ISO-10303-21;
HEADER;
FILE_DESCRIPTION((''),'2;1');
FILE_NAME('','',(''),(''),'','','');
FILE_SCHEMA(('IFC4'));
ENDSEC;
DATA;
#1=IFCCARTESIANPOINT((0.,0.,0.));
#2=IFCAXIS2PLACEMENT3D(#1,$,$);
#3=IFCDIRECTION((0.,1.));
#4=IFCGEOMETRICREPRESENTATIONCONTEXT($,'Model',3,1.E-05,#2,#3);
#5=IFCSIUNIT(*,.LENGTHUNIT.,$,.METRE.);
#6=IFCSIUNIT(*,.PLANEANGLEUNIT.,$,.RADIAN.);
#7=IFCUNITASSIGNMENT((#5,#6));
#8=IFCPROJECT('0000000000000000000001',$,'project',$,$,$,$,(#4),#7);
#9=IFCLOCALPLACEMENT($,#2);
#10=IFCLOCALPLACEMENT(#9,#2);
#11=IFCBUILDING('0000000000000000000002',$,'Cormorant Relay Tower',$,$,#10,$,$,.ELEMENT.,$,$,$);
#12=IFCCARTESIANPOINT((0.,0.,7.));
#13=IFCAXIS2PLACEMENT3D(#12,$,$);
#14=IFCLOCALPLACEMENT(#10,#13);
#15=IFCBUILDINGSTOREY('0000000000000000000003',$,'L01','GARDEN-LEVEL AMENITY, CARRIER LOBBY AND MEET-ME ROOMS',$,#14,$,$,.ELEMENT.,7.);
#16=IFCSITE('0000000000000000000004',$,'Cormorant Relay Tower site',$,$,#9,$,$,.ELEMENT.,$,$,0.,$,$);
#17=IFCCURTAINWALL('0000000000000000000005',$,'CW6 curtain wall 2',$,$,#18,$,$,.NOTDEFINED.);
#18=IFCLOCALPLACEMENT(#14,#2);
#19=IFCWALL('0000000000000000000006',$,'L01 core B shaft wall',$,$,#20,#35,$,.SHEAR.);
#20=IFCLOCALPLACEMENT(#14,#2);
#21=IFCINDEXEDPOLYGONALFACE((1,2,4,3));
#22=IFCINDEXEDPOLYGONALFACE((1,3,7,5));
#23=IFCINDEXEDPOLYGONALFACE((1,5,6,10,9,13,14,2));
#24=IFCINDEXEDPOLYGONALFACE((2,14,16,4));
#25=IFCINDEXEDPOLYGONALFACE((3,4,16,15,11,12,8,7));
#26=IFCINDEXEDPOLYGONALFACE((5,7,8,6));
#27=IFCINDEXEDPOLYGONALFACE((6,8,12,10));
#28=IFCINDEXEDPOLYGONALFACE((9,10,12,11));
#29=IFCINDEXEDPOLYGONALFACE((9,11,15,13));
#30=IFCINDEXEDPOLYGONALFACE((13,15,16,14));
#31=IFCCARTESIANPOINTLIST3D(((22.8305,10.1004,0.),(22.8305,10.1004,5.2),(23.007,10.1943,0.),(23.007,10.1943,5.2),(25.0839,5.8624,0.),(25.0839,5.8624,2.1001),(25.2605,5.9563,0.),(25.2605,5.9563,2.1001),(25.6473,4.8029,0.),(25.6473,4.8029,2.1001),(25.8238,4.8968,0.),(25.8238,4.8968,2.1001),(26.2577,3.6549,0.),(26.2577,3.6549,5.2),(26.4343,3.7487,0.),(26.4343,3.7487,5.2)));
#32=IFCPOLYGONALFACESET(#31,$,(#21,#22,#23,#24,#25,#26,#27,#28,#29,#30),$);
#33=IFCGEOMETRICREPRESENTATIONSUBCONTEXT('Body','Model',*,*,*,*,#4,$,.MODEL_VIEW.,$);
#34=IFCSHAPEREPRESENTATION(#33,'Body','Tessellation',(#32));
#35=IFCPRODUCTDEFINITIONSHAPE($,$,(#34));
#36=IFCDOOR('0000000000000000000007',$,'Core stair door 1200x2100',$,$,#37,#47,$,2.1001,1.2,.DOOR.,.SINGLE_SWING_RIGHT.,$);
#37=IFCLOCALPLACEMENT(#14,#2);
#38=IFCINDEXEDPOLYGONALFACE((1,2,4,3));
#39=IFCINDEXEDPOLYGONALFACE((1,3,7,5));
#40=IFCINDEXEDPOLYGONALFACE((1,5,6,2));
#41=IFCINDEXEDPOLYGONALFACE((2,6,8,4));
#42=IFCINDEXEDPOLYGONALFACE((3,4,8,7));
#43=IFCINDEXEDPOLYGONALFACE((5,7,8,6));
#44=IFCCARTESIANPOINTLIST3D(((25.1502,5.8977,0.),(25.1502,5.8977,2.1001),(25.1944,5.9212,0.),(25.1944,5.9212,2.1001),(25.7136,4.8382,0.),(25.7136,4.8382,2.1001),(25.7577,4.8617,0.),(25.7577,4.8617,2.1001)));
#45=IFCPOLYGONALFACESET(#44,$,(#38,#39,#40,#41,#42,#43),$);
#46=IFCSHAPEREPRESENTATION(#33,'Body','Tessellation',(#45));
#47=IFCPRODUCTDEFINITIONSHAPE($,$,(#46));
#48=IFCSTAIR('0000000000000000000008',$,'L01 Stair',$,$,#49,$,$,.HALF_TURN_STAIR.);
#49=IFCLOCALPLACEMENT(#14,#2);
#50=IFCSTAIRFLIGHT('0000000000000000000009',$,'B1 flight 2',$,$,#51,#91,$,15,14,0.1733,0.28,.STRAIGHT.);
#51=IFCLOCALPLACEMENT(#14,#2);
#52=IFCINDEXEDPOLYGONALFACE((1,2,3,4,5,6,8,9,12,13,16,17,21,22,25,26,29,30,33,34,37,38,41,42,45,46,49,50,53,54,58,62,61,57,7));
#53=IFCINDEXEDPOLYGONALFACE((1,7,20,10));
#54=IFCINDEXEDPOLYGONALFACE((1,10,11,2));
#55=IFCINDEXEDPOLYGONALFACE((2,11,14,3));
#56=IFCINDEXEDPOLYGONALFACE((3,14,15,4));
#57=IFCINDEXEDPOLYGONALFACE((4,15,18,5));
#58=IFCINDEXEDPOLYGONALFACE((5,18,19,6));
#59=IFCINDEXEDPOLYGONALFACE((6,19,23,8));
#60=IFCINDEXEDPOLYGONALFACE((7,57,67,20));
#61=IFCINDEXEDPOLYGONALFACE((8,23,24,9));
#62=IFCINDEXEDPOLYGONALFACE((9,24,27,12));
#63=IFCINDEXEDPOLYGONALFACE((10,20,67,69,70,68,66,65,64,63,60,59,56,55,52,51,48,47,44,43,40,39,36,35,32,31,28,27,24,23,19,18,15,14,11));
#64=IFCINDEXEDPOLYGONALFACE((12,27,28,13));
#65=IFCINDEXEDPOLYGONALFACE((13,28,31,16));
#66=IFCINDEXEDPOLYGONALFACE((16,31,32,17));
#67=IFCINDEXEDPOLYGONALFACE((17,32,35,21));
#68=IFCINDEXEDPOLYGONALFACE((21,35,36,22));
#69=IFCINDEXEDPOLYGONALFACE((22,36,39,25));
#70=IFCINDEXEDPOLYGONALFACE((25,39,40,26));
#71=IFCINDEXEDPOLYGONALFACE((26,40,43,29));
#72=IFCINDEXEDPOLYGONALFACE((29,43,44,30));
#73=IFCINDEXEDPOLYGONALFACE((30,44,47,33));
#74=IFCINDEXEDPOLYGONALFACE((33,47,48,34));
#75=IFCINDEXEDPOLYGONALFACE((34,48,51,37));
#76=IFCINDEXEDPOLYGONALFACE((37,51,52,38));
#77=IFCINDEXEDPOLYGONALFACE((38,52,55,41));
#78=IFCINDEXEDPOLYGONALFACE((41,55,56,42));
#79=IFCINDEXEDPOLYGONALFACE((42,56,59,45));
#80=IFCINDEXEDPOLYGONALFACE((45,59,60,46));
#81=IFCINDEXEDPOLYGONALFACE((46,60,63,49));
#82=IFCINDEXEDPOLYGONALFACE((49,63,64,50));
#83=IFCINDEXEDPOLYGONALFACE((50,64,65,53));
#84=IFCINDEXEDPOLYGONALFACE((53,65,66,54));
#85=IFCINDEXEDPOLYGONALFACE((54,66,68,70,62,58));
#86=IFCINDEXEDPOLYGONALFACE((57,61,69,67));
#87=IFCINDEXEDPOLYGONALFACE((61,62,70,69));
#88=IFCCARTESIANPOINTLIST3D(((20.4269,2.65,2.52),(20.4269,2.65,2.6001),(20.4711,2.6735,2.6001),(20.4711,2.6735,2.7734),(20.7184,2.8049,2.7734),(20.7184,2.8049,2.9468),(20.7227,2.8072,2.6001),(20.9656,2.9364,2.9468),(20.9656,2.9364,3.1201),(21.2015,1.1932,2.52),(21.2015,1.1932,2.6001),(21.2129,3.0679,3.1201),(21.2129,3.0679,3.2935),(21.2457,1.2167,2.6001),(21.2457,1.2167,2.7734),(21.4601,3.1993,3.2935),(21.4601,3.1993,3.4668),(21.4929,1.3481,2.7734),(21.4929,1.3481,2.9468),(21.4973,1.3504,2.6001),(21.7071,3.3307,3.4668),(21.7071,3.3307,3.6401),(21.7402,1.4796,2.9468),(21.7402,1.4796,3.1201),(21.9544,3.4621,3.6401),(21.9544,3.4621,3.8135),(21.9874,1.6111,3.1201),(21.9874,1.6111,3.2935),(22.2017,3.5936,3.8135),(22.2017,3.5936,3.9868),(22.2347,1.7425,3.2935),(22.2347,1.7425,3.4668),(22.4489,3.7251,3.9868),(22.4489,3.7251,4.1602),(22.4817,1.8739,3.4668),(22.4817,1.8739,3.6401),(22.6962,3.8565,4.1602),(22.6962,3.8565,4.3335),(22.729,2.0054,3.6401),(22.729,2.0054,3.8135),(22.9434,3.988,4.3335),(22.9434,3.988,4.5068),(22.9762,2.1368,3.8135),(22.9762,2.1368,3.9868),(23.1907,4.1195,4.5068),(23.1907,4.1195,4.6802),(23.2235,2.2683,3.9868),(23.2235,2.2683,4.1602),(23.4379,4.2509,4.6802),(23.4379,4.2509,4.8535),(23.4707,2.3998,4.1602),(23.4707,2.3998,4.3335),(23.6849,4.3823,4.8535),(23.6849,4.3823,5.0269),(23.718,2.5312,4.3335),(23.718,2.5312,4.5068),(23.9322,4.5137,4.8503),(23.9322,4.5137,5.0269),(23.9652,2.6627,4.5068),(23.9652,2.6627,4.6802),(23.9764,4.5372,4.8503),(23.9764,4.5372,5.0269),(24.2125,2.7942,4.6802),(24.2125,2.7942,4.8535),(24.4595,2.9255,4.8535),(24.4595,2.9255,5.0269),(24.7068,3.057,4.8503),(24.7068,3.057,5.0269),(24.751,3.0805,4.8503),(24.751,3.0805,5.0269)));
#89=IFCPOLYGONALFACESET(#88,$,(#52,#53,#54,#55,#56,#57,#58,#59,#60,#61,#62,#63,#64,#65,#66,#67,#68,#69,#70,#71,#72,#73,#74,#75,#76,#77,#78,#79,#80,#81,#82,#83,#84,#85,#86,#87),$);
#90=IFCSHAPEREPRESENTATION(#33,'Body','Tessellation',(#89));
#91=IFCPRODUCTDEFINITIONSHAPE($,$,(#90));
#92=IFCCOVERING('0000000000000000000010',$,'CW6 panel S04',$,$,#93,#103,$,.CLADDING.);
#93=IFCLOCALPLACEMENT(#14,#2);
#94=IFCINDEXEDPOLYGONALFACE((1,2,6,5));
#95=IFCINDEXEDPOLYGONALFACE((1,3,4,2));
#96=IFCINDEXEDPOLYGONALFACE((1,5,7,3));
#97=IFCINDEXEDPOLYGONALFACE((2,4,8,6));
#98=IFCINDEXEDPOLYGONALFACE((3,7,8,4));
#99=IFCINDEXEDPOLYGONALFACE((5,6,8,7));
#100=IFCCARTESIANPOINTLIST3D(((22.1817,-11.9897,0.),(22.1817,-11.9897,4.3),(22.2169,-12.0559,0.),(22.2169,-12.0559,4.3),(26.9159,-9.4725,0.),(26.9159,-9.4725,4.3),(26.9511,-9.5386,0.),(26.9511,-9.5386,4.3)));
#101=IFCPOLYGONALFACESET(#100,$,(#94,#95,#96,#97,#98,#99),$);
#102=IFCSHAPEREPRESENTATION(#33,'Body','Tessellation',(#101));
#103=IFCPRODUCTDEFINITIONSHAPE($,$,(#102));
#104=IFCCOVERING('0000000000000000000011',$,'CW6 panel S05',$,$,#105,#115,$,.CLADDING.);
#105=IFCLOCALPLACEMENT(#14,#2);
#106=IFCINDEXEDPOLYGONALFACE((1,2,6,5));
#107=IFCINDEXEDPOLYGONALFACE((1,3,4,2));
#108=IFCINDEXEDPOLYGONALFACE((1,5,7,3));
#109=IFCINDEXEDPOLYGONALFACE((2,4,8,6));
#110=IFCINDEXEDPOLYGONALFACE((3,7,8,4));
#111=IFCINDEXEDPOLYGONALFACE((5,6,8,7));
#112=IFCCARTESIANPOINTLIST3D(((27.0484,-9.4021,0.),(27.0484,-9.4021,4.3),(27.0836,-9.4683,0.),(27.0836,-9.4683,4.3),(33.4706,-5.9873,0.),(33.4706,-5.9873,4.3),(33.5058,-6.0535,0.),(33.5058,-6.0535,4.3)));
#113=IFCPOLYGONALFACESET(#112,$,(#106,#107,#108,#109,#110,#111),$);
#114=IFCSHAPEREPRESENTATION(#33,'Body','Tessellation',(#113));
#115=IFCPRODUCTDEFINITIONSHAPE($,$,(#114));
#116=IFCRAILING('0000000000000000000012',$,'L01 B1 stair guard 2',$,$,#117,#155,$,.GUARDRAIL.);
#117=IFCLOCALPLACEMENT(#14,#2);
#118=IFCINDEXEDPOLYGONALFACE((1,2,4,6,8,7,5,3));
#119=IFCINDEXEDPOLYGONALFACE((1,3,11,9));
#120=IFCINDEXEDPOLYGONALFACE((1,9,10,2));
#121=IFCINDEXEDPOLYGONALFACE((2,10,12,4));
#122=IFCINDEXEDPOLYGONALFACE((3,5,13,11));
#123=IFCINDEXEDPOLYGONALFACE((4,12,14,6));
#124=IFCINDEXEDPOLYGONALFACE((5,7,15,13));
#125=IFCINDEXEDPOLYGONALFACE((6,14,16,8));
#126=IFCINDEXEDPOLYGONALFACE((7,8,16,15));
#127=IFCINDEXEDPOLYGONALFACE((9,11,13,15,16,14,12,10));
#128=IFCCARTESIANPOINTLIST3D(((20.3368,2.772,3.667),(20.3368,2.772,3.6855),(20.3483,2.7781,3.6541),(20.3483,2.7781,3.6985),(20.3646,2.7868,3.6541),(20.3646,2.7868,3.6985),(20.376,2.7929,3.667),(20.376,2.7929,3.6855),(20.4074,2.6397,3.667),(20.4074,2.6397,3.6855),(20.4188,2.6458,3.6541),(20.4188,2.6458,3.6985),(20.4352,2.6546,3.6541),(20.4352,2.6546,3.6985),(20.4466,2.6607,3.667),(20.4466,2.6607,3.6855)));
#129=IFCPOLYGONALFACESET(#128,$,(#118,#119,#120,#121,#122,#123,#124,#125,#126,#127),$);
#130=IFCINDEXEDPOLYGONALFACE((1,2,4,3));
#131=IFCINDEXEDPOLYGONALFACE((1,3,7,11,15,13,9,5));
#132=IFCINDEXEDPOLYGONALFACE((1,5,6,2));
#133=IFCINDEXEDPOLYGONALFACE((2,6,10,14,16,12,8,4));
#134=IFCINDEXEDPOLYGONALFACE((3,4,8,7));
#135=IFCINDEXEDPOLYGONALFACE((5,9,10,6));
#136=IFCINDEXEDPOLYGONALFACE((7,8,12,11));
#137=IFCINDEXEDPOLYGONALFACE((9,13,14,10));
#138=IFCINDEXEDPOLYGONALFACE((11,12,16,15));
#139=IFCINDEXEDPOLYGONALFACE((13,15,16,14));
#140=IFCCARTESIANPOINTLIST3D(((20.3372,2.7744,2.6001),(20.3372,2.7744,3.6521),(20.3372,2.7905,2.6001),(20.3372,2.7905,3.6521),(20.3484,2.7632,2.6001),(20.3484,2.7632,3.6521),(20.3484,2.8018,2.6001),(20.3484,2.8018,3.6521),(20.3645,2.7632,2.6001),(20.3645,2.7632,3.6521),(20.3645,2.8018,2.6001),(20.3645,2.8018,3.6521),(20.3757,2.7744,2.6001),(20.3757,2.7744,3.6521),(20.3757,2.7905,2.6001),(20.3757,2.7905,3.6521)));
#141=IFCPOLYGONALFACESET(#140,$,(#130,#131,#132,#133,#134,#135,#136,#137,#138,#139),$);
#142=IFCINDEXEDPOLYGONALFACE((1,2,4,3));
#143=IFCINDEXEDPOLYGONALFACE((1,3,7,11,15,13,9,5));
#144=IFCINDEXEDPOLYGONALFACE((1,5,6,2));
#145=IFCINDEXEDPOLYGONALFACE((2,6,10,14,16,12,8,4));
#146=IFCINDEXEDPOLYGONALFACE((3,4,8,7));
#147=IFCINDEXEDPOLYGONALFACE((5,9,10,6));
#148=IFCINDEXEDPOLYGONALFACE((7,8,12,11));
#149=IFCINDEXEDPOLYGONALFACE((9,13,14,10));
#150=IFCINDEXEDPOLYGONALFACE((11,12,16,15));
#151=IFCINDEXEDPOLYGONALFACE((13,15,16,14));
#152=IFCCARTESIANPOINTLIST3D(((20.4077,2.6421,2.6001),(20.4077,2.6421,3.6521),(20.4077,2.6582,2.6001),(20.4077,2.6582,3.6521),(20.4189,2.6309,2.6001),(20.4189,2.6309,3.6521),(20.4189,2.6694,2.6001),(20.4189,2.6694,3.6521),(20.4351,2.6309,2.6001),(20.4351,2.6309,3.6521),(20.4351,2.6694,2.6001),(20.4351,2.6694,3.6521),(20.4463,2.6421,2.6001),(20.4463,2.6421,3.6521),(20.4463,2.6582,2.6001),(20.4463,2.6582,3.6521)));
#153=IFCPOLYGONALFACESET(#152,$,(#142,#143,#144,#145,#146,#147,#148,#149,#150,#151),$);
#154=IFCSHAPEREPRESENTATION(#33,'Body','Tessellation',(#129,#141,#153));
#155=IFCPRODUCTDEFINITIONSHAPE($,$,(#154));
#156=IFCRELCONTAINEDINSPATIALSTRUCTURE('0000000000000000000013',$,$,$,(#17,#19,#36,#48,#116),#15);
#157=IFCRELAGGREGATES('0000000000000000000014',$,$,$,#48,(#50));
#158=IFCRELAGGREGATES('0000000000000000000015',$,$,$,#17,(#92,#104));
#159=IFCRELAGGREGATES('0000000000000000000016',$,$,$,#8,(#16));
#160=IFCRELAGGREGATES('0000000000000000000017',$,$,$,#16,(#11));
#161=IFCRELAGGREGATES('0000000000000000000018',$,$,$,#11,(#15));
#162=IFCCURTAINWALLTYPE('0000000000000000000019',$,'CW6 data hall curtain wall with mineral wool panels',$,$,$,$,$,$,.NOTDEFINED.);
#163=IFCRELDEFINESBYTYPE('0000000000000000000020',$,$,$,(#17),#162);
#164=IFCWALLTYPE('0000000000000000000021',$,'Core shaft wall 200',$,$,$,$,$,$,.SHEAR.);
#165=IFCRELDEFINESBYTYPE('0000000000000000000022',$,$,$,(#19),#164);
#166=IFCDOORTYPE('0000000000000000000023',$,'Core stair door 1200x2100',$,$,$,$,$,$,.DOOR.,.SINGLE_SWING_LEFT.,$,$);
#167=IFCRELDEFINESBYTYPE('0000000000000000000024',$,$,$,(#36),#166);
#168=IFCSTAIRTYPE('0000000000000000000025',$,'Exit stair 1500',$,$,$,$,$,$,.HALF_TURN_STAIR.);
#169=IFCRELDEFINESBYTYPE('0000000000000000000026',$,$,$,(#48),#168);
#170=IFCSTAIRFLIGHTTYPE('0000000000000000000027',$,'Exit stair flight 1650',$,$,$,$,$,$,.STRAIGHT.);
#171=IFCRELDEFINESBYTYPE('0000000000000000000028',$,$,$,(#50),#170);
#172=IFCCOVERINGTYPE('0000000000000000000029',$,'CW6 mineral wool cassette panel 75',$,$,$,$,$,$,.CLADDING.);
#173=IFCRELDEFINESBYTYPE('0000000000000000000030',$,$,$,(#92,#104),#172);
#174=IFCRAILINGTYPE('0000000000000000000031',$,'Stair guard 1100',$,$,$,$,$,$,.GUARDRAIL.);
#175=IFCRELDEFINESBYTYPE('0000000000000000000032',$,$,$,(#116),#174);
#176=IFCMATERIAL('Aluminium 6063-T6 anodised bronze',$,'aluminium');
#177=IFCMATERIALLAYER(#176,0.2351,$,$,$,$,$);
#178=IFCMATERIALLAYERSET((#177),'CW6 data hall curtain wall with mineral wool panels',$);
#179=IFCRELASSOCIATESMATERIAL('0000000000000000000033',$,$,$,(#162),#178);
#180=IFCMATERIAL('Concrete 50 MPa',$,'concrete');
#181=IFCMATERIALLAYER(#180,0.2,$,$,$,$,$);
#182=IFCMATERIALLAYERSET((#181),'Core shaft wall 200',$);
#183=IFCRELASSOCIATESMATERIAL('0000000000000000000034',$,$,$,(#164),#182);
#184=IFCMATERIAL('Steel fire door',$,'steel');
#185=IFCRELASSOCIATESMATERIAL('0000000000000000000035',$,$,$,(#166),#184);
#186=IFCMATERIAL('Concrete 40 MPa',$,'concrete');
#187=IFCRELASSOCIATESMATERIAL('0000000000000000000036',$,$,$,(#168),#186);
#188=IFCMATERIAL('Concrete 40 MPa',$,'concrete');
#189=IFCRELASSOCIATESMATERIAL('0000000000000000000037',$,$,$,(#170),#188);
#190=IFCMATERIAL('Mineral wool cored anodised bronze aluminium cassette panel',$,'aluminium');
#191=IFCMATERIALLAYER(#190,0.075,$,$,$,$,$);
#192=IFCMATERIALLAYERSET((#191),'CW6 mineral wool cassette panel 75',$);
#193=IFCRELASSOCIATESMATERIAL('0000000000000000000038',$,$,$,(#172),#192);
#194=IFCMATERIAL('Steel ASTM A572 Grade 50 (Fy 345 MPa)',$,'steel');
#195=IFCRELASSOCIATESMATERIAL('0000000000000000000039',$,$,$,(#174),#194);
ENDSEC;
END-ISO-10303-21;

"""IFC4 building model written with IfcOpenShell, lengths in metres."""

from ifc_helpers import new_model, si_unit, direction, frame, frame_2d, origin, origin_2d, place, context, subcontext, project, spatial, polyline, rectangle, outline, extrude, material, layer, layer_set, type_object, element, fill, aggregate, save


model = new_model("IFC4")

# Units and contexts
model_context = context("Model", 3, precision=1e-05, world=origin(), true_north=direction((0.0, 1.0)))
body_context = subcontext(model_context, "Body", "Model", "MODEL_VIEW")
ifc_project = project(units=[si_unit("LENGTHUNIT", "METRE"), si_unit("PLANEANGLEUNIT", "RADIAN")], contexts=[model_context])

# Site, building, storey
site_placement = place(None, origin())
site = spatial("IfcSite", under=ifc_project, at=site_placement, Name="Cormorant Relay Tower site", CompositionType="ELEMENT", RefElevation=0.0)
building_placement = place(site_placement, origin())
building = spatial("IfcBuilding", under=site, at=building_placement, Name="Cormorant Relay Tower", CompositionType="ELEMENT")
storey_placement = place(building_placement, frame((0.0, 0.0, 7.0)))
storey = spatial("IfcBuildingStorey", under=building, at=storey_placement, Name="L01", Description="GARDEN-LEVEL AMENITY, CARRIER LOBBY AND MEET-ME ROOMS", CompositionType="ELEMENT", Elevation=7.0)

# Curtain wall
ifc_material_1 = material(Name="Aluminium 6063-T6 anodised bronze", Category="aluminium")
ifc_layer_1 = layer(ifc_material_1, 0.2351)
ifc_layer_set_1 = layer_set([ifc_layer_1], Name="CW6 data hall curtain wall with mineral wool panels")
curtain_wall_type = type_object("IfcCurtainWallType", Name="CW6 data hall curtain wall with mineral wool panels", PredefinedType="NOTDEFINED", material=ifc_layer_set_1)
curtain_wall_placement = place(storey_placement, origin())
curtain_wall = element("IfcCurtainWall", 1, at=curtain_wall_placement, inside=storey, type_object=curtain_wall_type, Name="CW6 curtain wall 2", PredefinedType="NOTDEFINED")

# Wall, opening, door
ifc_material_2 = material(Name="Concrete 50 MPa", Category="concrete")
ifc_layer_2 = layer(ifc_material_2, 0.2)
ifc_layer_set_2 = layer_set([ifc_layer_2], Name="Core shaft wall 200")
wall_type = type_object("IfcWallType", Name="Core shaft wall 200", PredefinedType="SHEAR", material=ifc_layer_set_2)
wall_placement = place(storey_placement, frame((26.3459, 3.7019, 0.0), z_axis=(0.0, 0.0, 1.0), x_axis=(-0.46948, 0.882943, 0.0)))
wall = element("IfcWall", 2, at=wall_placement, inside=storey, type_object=wall_type, Name="L01 core B shaft wall", PredefinedType="SHEAR", context=body_context, shape_type="SweptSolid", body=[
    extrude(rectangle(XDim=7.3, YDim=0.2, at=frame_2d((3.6499, 0.0))), origin(), (0.0, 0.0, 1.0), 5.2),
])
opening_placement = place(wall_placement, frame((1.3, 0.0, 0.0)))
opening = element("IfcOpeningElement", 3, at=opening_placement, cuts=wall, PredefinedType="OPENING", context=body_context, shape_type="SweptSolid", body=[
    extrude(rectangle(XDim=1.2, YDim=2.1001, at=frame_2d((0.6001, 1.05))), frame((0.0, 0.1099, 0.0), z_axis=(0.0, -1.0, 0.0), x_axis=(1.0, 0.0, 0.0)), (0.0, 0.0, 1.0), 0.22),
])
ifc_material_3 = material(Name="Steel fire door", Category="steel")
door_type = type_object("IfcDoorType", Name="Core stair door 1200x2100", OperationType="SINGLE_SWING_LEFT", PredefinedType="DOOR", material=ifc_material_3)
door_placement = place(opening_placement, origin())
door = element("IfcDoor", 4, at=door_placement, inside=storey, type_object=door_type, Name="Core stair door 1200x2100", OperationType="SINGLE_SWING_RIGHT", OverallHeight=2.1001, OverallWidth=1.2, PredefinedType="DOOR", context=body_context, shape_type="SweptSolid", body=[
    extrude(rectangle(XDim=1.2, YDim=2.1001, at=frame_2d((0.6001, 1.05))), frame((0.0, 0.0249, 0.0), z_axis=(0.0, -1.0, 0.0), x_axis=(1.0, 0.0, 0.0)), (0.0, 0.0, 1.0), 0.05),
])
fill(opening, door)

# Stair, stair flight
ifc_material_4 = material(Name="Concrete 40 MPa", Category="concrete")
stair_type = type_object("IfcStairType", Name="Exit stair 1500", PredefinedType="HALF_TURN_STAIR", material=ifc_material_4)
stair_placement = place(storey_placement, origin())
stair = element("IfcStair", 5, at=stair_placement, inside=storey, type_object=stair_type, Name="L01 Stair", PredefinedType="HALF_TURN_STAIR")
ifc_material_5 = material(Name="Concrete 40 MPa", Category="concrete")
stair_flight_type = type_object("IfcStairFlightType", Name="Exit stair flight 1650", PredefinedType="STRAIGHT", material=ifc_material_5)
stair_flight_placement = place(storey_placement, frame((20.8584, 1.9451, 2.6001), z_axis=(0.0, 0.0, 1.0), x_axis=(0.882948, 0.469472, 0.0)))
stair_flight = element("IfcStairFlight", 6, at=stair_flight_placement, type_object=stair_flight_type, Name="B1 flight 2", NumberOfRisers=15, NumberOfTreads=14, PredefinedType="STRAIGHT", RiserHeight=0.1733, TreadLength=0.28, context=body_context, shape_type="SweptSolid", body=[
    extrude(outline(polyline([(-0.05, -0.0801), (-0.05, 0.0), (0.0, 0.0), (0.0, 0.1733), (0.28, 0.1733), (0.28, 0.3467), (0.5601, 0.3467), (0.5601, 0.52), (0.8401, 0.52), (0.8401, 0.6934), (1.1201, 0.6934), (1.1201, 0.8667), (1.3999, 0.8667), (1.3999, 1.04), (1.6799, 1.04), (1.6799, 1.2134), (1.96, 1.2134), (1.96, 1.3867), (2.24, 1.3867), (2.24, 1.5601), (2.52, 1.5601), (2.52, 1.7334), (2.8, 1.7334), (2.8, 1.9067), (3.0801, 1.9067), (3.0801, 2.0801), (3.3601, 2.0801), (3.3601, 2.2534), (3.6399, 2.2534), (3.6399, 2.4268), (3.9199, 2.4268), (3.97, 2.4268), (3.97, 2.2502), (3.9199, 2.2502), (0.2849, 0.0), (-0.05, -0.0801)])), frame((0.0, 0.825, 0.0), z_axis=(0.0, -1.0, 0.0), x_axis=(1.0, 0.0, 0.0)), (0.0, 0.0, 1.0), 1.6499),
])
aggregate(stair, [stair_flight])

# Coverings
ifc_material_6 = material(Name="Mineral wool cored anodised bronze aluminium cassette panel", Category="aluminium")
ifc_layer_3 = layer(ifc_material_6, 0.075)
ifc_layer_set_3 = layer_set([ifc_layer_3], Name="CW6 mineral wool cassette panel 75")
covering_type = type_object("IfcCoveringType", Name="CW6 mineral wool cassette panel 75", PredefinedType="CLADDING", material=ifc_layer_set_3)
covering_1_placement = place(storey_placement, frame((24.5664, -10.7642, 0.0), z_axis=(0.0, 0.0, 1.0), x_axis=(0.882948, 0.469472, 0.0)))
covering_1 = element("IfcCovering", 7, at=covering_1_placement, type_object=covering_type, Name="CW6 panel S04", PredefinedType="CLADDING", context=body_context, shape_type="SweptSolid", body=[
    extrude(rectangle(XDim=5.3618, YDim=0.075, at=origin_2d()), origin(), (0.0, 0.0, 1.0), 4.3),
])
covering_2_placement = place(storey_placement, frame((30.2771, -7.7278, 0.0), z_axis=(0.0, 0.0, 1.0), x_axis=(0.882948, 0.469472, 0.0)))
covering_2 = element("IfcCovering", 8, at=covering_2_placement, type_object=covering_type, Name="CW6 panel S05", PredefinedType="CLADDING", context=body_context, shape_type="SweptSolid", body=[
    extrude(rectangle(XDim=7.2737, YDim=0.075, at=origin_2d()), origin(), (0.0, 0.0, 1.0), 4.3),
])
aggregate(curtain_wall, [covering_1, covering_2])

# Railing
ifc_material_7 = material(Name="Steel ASTM A572 Grade 50 (Fy 345 MPa)", Category="steel")
railing_type_1 = type_object("IfcRailingType", Name="Stair guard 1100", PredefinedType="GUARDRAIL", material=ifc_material_7)
railing_1_placement = place(storey_placement, frame((20.3564, 2.7825, 2.6001)))
element("IfcRailing", 9, at=railing_1_placement, inside=storey, type_object=railing_type_1, Name="L01 B1 stair guard 2", PredefinedType="GUARDRAIL", context=body_context, shape_type="SweptSolid", body=[
    extrude(outline(polyline([(0.0222, 0.0093), (0.0093, 0.0222), (-0.0093, 0.0222), (-0.0222, 0.0093), (-0.0222, -0.0093), (-0.0093, -0.0222), (0.0093, -0.0222), (0.0222, -0.0093), (0.0222, 0.0093)])), frame((0.0, 0.0, 1.0762), z_axis=(0.470504, -0.882398, 0.0), x_axis=(0.882398, 0.470504, 0.0)), (0.0, 0.0, 1.0), 0.1499),
    extrude(outline(polyline([(0.0193, 0.0081), (0.0081, 0.0193), (-0.0081, 0.0193), (-0.0193, 0.0081), (-0.0193, -0.0081), (-0.0081, -0.0193), (0.0081, -0.0193), (0.0193, -0.0081), (0.0193, 0.0081)])), origin(), (0.0, 0.0, 1.0), 1.052),
    extrude(outline(polyline([(0.0193, 0.0081), (0.0081, 0.0193), (-0.0081, 0.0193), (-0.0193, 0.0081), (-0.0193, -0.0081), (-0.0081, -0.0193), (0.0081, -0.0193), (0.0193, -0.0081), (0.0193, 0.0081)])), frame((0.0706, -0.1323, 0.0)), (0.0, 0.0, 1.0), 1.052),
])

save(model, "model.ifc")
